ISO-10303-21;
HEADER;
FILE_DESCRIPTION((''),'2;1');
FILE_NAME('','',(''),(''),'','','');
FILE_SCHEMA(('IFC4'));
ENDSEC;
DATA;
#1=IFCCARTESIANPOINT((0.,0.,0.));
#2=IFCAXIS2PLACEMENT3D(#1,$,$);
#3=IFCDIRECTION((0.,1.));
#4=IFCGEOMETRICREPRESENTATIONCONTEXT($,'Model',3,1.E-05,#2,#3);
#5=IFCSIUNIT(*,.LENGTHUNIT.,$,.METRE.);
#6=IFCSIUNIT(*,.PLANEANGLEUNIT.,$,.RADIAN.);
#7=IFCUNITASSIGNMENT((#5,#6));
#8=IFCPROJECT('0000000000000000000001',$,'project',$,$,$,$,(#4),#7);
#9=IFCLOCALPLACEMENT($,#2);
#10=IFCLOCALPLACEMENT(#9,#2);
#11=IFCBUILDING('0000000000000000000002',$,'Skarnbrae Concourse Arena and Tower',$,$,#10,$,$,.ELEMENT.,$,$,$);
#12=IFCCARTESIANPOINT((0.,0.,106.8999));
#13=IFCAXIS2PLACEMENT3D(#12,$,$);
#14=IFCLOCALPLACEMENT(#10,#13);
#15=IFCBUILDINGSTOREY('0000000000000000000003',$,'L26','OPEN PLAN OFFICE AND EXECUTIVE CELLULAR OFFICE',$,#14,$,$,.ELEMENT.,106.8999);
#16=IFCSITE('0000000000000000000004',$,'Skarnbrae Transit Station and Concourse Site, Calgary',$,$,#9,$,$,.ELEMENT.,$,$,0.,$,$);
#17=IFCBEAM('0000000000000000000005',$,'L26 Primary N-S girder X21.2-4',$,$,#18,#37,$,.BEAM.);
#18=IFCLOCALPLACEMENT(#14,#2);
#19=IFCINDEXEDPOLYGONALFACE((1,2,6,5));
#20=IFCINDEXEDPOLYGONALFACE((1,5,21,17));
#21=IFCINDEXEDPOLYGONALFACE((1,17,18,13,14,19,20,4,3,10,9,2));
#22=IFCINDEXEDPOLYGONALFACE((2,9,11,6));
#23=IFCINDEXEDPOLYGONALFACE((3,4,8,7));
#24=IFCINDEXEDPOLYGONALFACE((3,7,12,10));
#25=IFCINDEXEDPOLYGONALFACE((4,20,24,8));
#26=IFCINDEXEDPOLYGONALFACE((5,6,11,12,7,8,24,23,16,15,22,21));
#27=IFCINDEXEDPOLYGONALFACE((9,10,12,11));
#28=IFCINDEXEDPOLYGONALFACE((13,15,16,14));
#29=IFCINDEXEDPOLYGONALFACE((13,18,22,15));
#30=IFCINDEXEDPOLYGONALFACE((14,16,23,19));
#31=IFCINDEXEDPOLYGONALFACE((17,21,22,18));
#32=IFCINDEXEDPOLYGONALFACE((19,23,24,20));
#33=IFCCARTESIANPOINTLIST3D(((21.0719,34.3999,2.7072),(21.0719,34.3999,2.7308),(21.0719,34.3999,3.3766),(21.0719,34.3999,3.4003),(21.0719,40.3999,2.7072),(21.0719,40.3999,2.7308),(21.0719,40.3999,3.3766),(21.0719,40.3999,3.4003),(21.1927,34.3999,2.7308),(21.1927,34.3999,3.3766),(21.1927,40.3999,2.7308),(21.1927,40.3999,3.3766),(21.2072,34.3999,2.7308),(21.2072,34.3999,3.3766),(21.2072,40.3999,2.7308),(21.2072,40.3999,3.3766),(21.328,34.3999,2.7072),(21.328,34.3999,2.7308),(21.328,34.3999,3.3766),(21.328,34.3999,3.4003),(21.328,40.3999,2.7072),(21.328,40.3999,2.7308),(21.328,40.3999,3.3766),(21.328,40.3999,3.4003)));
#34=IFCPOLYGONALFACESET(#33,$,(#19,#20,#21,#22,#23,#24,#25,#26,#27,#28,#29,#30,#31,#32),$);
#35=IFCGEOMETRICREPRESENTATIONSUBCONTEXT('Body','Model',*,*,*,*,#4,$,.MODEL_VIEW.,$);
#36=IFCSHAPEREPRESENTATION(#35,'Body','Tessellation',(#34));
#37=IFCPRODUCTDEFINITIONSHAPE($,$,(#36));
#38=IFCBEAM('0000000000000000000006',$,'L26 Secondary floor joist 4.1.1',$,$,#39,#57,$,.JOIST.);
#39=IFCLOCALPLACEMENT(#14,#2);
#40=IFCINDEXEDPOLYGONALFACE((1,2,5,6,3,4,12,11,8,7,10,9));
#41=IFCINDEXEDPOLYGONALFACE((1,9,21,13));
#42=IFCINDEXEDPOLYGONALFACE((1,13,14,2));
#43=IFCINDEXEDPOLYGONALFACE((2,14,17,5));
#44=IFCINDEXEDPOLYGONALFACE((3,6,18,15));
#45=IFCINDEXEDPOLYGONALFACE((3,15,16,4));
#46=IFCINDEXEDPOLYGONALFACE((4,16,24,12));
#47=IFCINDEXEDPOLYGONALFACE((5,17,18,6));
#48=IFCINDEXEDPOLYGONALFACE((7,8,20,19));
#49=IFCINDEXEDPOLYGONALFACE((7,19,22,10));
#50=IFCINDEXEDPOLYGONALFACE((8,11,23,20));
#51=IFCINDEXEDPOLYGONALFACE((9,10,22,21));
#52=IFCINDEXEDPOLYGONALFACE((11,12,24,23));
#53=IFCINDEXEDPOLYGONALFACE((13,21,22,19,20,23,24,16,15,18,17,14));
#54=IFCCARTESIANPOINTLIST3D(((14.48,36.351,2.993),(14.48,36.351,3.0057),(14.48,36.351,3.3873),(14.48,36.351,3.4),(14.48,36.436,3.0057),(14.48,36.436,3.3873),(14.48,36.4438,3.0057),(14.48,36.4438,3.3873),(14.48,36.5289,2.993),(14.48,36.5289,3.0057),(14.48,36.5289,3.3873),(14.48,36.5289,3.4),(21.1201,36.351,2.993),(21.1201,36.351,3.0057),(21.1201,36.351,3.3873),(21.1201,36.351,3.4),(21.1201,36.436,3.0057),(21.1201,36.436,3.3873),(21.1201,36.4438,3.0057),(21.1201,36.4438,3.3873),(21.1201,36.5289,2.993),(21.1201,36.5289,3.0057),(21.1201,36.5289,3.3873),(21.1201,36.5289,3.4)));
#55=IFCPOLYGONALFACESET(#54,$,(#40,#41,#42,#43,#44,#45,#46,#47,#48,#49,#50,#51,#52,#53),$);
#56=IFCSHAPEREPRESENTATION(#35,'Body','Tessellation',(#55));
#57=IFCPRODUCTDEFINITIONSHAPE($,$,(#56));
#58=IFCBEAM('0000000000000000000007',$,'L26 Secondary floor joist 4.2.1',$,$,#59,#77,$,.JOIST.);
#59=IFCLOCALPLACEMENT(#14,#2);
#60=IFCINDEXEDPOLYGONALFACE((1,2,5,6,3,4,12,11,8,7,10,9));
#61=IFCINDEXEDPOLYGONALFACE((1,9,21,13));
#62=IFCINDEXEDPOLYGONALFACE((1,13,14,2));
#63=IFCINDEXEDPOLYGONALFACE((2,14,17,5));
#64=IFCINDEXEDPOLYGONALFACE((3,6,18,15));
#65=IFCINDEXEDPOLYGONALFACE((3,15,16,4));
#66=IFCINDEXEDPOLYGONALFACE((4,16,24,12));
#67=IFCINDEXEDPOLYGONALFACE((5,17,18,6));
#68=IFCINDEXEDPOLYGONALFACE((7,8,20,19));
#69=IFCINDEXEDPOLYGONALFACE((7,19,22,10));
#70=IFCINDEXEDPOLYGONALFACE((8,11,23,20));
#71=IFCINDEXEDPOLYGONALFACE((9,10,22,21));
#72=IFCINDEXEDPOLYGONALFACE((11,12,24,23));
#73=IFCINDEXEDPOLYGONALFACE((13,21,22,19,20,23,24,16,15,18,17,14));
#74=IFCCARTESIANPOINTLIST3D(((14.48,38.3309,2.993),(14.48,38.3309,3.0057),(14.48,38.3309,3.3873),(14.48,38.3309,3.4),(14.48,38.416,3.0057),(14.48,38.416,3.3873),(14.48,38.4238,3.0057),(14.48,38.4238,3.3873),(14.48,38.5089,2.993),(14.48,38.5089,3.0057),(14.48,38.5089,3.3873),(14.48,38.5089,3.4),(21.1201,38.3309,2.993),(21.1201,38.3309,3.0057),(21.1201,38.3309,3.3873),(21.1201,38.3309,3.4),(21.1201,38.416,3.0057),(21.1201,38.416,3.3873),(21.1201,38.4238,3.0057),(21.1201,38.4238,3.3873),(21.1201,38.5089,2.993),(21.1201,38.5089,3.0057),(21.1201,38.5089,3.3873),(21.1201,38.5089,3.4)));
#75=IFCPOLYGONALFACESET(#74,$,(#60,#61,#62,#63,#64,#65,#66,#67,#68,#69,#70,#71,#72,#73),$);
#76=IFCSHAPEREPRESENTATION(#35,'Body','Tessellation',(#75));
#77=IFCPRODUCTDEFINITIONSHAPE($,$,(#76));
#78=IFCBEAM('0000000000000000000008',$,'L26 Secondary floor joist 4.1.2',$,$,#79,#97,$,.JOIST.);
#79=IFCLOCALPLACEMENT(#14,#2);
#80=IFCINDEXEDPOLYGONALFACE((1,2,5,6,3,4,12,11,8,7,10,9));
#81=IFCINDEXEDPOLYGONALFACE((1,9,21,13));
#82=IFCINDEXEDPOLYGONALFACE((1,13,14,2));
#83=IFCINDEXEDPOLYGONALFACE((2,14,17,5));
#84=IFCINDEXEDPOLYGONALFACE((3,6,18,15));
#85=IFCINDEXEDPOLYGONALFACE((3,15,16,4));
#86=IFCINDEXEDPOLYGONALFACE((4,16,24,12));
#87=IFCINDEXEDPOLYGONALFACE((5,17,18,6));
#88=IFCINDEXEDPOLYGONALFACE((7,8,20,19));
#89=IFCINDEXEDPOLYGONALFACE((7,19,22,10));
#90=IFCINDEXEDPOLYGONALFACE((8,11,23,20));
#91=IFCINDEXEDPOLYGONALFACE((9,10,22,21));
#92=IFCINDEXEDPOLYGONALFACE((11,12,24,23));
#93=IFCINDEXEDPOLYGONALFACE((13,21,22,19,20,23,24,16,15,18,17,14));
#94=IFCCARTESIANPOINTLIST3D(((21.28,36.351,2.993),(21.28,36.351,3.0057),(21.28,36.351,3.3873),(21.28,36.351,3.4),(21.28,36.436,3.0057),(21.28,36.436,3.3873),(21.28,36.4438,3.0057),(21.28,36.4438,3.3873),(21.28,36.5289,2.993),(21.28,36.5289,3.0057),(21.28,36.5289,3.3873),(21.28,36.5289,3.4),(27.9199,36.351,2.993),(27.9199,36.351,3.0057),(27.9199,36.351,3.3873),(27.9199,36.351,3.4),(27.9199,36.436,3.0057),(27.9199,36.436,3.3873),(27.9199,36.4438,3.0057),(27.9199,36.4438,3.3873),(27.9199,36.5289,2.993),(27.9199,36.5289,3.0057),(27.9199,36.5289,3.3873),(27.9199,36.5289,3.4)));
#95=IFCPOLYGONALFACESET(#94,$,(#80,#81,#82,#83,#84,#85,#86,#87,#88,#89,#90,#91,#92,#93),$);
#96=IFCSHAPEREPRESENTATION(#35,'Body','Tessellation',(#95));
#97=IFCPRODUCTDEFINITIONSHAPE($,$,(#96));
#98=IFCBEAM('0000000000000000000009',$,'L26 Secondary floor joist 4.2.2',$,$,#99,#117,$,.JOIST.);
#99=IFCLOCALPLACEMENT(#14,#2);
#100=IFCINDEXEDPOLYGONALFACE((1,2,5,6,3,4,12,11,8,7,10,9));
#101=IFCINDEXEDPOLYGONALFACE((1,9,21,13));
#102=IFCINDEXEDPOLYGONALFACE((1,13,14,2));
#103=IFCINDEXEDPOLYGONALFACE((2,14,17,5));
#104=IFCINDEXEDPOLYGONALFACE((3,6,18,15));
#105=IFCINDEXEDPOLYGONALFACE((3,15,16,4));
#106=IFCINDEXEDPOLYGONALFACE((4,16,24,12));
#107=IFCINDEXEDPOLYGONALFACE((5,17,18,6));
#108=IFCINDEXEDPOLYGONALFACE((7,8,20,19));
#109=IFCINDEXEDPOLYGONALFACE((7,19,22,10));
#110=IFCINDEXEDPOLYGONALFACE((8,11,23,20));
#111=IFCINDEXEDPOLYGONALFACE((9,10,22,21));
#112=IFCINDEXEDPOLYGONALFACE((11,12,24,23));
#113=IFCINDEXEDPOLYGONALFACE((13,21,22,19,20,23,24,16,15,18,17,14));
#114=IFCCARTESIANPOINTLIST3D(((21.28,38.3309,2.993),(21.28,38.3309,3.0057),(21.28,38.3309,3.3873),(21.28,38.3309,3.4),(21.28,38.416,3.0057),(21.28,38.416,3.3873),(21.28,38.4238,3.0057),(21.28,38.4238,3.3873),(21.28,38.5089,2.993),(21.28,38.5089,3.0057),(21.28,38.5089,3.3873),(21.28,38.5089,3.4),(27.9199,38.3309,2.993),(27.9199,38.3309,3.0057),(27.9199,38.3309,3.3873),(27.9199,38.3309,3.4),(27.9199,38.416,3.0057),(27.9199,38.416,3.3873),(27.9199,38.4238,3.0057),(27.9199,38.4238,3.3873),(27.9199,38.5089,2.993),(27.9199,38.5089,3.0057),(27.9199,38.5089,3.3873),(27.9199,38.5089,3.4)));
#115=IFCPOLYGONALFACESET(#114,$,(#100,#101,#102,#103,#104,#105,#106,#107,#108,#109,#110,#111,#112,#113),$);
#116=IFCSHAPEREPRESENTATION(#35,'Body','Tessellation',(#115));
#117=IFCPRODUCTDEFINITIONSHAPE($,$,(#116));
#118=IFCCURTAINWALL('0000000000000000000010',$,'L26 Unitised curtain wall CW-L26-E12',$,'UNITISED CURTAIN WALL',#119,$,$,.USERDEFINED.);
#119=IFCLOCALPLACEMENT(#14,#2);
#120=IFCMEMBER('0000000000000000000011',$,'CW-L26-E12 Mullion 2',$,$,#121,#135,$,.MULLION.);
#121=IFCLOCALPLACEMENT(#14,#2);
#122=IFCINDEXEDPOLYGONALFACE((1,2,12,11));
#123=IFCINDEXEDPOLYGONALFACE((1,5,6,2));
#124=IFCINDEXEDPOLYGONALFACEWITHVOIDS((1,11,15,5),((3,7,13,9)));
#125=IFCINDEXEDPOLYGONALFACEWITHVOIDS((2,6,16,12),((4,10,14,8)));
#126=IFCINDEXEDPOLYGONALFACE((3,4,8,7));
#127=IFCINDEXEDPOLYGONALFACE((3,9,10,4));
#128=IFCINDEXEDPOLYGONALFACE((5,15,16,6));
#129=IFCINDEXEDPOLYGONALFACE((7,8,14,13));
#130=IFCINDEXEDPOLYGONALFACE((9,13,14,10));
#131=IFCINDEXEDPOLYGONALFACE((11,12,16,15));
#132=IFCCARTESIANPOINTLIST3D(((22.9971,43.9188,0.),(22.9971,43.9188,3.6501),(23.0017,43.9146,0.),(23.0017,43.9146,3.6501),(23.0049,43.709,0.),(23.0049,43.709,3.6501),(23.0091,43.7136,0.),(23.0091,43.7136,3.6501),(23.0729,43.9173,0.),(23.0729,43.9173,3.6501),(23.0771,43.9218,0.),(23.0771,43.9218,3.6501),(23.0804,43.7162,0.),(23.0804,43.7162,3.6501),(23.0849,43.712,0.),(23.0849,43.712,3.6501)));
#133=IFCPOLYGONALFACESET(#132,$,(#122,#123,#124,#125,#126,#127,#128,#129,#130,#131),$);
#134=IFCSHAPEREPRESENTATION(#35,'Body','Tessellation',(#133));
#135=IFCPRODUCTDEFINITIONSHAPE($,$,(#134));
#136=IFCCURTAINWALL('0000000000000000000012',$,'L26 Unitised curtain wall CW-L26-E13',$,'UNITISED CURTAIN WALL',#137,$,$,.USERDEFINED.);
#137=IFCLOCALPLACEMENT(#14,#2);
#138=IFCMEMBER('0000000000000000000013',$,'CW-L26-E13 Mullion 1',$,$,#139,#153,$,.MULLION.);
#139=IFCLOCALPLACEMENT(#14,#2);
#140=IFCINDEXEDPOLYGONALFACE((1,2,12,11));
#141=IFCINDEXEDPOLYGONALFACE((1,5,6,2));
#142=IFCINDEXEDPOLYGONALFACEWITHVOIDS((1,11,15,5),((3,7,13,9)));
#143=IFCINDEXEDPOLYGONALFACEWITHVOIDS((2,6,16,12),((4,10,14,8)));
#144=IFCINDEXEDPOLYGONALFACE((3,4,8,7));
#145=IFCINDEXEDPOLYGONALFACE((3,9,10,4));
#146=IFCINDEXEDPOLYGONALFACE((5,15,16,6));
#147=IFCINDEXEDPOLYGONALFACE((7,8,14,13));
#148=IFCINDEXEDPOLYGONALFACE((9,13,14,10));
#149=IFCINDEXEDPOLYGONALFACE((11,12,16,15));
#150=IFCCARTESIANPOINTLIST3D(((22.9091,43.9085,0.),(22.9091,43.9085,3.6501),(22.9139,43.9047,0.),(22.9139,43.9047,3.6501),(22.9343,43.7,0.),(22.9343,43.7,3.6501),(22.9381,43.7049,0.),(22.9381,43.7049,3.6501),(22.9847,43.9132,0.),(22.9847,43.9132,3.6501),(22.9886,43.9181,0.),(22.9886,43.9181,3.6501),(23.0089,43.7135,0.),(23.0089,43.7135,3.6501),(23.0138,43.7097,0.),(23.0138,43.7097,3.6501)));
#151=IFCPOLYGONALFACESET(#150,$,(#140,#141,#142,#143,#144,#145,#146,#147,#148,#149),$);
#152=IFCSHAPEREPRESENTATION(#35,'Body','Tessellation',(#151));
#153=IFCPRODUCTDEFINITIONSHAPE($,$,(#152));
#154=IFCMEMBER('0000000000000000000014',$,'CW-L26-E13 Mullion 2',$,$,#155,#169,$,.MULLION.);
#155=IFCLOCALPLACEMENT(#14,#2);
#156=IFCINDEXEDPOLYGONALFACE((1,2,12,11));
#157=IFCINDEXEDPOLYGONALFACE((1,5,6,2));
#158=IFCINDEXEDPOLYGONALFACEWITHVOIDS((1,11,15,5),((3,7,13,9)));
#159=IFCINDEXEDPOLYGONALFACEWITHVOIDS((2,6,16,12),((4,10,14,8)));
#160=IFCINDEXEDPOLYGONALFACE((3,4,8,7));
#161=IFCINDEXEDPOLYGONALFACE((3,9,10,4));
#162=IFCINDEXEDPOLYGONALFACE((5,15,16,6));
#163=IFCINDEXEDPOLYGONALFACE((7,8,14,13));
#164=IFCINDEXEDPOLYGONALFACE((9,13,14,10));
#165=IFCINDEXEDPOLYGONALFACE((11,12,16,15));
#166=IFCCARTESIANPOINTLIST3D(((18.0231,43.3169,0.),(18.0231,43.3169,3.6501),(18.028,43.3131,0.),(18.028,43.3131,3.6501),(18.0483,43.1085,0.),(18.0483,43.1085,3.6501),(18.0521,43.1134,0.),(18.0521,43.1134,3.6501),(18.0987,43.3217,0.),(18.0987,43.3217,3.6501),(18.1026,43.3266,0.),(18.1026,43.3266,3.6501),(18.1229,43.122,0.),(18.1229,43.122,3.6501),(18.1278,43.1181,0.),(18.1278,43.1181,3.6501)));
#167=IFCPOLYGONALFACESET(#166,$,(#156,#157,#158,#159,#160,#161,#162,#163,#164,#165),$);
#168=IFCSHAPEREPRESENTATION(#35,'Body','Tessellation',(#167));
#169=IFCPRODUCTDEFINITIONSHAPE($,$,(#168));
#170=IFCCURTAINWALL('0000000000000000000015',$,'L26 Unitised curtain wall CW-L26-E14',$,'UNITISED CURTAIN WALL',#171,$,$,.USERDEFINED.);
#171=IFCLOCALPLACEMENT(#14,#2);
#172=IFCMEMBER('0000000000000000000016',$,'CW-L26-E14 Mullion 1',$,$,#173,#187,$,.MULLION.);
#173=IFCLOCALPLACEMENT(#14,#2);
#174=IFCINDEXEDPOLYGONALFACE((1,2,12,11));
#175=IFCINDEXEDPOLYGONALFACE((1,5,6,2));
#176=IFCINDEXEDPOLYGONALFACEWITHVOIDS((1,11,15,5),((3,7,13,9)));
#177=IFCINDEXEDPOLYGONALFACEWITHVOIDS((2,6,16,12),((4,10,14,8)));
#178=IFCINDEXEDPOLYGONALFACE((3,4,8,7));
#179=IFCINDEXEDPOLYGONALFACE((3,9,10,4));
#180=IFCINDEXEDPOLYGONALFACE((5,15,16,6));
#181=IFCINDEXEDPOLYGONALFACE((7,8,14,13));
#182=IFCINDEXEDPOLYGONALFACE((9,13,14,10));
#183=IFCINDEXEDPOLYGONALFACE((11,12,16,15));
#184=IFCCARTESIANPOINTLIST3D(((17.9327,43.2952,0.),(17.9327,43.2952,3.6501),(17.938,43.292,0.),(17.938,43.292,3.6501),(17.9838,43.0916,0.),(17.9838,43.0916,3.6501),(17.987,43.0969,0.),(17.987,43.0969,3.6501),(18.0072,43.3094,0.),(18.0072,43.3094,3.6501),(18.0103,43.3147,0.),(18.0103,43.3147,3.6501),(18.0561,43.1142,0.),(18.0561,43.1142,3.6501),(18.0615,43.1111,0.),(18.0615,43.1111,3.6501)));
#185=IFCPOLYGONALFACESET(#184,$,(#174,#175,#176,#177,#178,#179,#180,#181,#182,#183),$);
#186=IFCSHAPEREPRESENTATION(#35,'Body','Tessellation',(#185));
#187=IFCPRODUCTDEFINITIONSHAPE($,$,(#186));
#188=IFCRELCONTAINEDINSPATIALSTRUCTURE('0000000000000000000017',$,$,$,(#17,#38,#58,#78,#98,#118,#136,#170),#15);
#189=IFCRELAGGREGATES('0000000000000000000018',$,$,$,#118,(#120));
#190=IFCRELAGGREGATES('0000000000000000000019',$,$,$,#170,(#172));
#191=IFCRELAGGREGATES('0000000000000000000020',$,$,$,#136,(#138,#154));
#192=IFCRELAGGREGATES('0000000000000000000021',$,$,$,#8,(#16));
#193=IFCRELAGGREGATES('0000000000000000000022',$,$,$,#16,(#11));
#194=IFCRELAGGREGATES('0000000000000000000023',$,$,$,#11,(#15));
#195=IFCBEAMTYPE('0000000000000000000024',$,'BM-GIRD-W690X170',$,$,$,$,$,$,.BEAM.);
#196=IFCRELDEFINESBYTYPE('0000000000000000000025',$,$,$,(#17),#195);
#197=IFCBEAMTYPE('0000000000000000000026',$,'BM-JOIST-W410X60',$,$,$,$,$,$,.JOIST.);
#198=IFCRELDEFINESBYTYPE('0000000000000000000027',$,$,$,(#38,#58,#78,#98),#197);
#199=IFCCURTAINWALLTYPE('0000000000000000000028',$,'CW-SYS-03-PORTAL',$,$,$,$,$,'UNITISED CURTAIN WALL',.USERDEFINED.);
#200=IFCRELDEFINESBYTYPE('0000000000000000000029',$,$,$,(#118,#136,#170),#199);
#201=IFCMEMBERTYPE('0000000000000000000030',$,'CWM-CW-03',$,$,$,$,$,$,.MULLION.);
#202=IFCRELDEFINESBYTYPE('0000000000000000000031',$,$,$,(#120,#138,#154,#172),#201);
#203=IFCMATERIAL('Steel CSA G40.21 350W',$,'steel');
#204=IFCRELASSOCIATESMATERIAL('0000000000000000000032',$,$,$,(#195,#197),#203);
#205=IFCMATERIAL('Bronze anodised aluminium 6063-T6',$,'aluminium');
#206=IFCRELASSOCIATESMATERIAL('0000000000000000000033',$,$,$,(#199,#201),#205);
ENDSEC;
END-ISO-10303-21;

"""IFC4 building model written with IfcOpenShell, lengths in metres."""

from ifc_helpers import new_model, si_unit, direction, frame, origin, origin_2d, place, context, subcontext, project, spatial, hollow_rectangle, i_section, extrude, source, transform, mapped, material, material_profile, profile_set, type_object, element, aggregate, save


model = new_model("IFC4")

# Units and contexts
model_context = context("Model", 3, precision=1e-05, world=origin(), true_north=direction((0.0, 1.0)))
body_context = subcontext(model_context, "Body", "Model", "MODEL_VIEW")
ifc_project = project(units=[si_unit("LENGTHUNIT", "METRE"), si_unit("PLANEANGLEUNIT", "RADIAN")], contexts=[model_context])

# Site, building, storey
site_placement = place(None, origin())
site = spatial("IfcSite", under=ifc_project, at=site_placement, Name="Skarnbrae Transit Station and Concourse Site, Calgary", CompositionType="ELEMENT", RefElevation=0.0)
building_placement = place(site_placement, origin())
building = spatial("IfcBuilding", under=site, at=building_placement, Name="Skarnbrae Concourse Arena and Tower", CompositionType="ELEMENT")
storey_placement = place(building_placement, frame((0.0, 0.0, 106.8999)))
storey = spatial("IfcBuildingStorey", under=building, at=storey_placement, Name="L26", Description="OPEN PLAN OFFICE AND EXECUTIVE CELLULAR OFFICE", CompositionType="ELEMENT", Elevation=106.8999)

# Shared definitions
ifc_material_1 = material(Name="Steel CSA G40.21 350W", Category="steel")

# Beams
ifc_material_profile_1 = material_profile(ifc_material_1, i_section(OverallWidth=0.2561, OverallDepth=0.6931, WebThickness=0.0144, FlangeThickness=0.0237, at=origin_2d()), Name="W690X170")
ifc_profile_set_1 = profile_set([ifc_material_profile_1], Name="Steel CSA G40.21 350W")
beam_type_1 = type_object("IfcBeamType", Name="BM-GIRD-W690X170", PredefinedType="BEAM", material=ifc_profile_set_1)
shared_shape_1 = source(origin(), body_context, "Body", "SweptSolid", [
    extrude(i_section(OverallWidth=0.2561, OverallDepth=0.6931, WebThickness=0.0144, FlangeThickness=0.0237, at=origin_2d()), origin(), (0.0, 0.0, 1.0), 6.0),
])
for number, where, z_axis, x_axis, name in (
    (1, (21.2, 34.3999, 3.0537), (0.0, 1.0, 0.0), (-1.0, 0.0, 0.0), "L26 Primary N-S girder X21.2-4"),
):
    element("IfcBeam", number, at=place(storey_placement, frame(where, z_axis=z_axis, x_axis=x_axis)), inside=storey, type_object=beam_type_1, Name=name, PredefinedType="BEAM", context=body_context, shape_type="MappedRepresentation", body=[
        mapped(shared_shape_1, transform((0.0, 0.0, 0.0))),
    ])
ifc_material_profile_2 = material_profile(ifc_material_1, i_section(OverallWidth=0.178, OverallDepth=0.407, WebThickness=0.0078, FlangeThickness=0.0127, at=origin_2d()), Name="W410X60")
ifc_profile_set_2 = profile_set([ifc_material_profile_2], Name="Steel CSA G40.21 350W")
beam_type_2 = type_object("IfcBeamType", Name="BM-JOIST-W410X60", PredefinedType="JOIST", material=ifc_profile_set_2)
shared_shape_2 = source(origin(), body_context, "Body", "SweptSolid", [
    extrude(i_section(OverallWidth=0.178, OverallDepth=0.407, WebThickness=0.0078, FlangeThickness=0.0127, at=origin_2d()), origin(), (0.0, 0.0, 1.0), 6.6401),
])
for number, where, z_axis, x_axis, name in (
    (2, (14.48, 36.4399, 3.1965), (1.0, 0.0, 0.0), (0.0, 1.0, 0.0), "L26 Secondary floor joist 4.1.1"),
    (3, (14.48, 38.4199, 3.1965), (1.0, 0.0, 0.0), (0.0, 1.0, 0.0), "L26 Secondary floor joist 4.2.1"),
):
    element("IfcBeam", number, at=place(storey_placement, frame(where, z_axis=z_axis, x_axis=x_axis)), inside=storey, type_object=beam_type_2, Name=name, PredefinedType="JOIST", context=body_context, shape_type="MappedRepresentation", body=[
        mapped(shared_shape_2, transform((0.0, 0.0, 0.0))),
    ])
shared_shape_3 = source(origin(), body_context, "Body", "SweptSolid", [
    extrude(i_section(OverallWidth=0.178, OverallDepth=0.407, WebThickness=0.0078, FlangeThickness=0.0127, at=origin_2d()), origin(), (0.0, 0.0, 1.0), 6.6399),
])
for number, where, z_axis, x_axis, name in (
    (4, (21.28, 36.4399, 3.1965), (1.0, 0.0, 0.0), (0.0, 1.0, 0.0), "L26 Secondary floor joist 4.1.2"),
    (5, (21.28, 38.4199, 3.1965), (1.0, 0.0, 0.0), (0.0, 1.0, 0.0), "L26 Secondary floor joist 4.2.2"),
):
    element("IfcBeam", number, at=place(storey_placement, frame(where, z_axis=z_axis, x_axis=x_axis)), inside=storey, type_object=beam_type_2, Name=name, PredefinedType="JOIST", context=body_context, shape_type="MappedRepresentation", body=[
        mapped(shared_shape_3, transform((0.0, 0.0, 0.0))),
    ])

# Curtain wall, member
ifc_material_2 = material(Name="Bronze anodised aluminium 6063-T6", Category="aluminium")
curtain_wall_type = type_object("IfcCurtainWallType", Name="CW-SYS-03-PORTAL", ElementType="UNITISED CURTAIN WALL", PredefinedType="USERDEFINED", material=ifc_material_2)
curtain_wall_1_placement = place(storey_placement, origin())
curtain_wall_1 = element("IfcCurtainWall", 6, at=curtain_wall_1_placement, inside=storey, type_object=curtain_wall_type, Name="L26 Unitised curtain wall CW-L26-E12", ObjectType="UNITISED CURTAIN WALL", PredefinedType="USERDEFINED")
ifc_material_profile_3 = material_profile(ifc_material_2, hollow_rectangle(XDim=0.0801, YDim=0.21, WallThickness=0.0044, at=origin_2d()), Name="ALU-MULL-80X210")
ifc_profile_set_3 = profile_set([ifc_material_profile_3], Name="Bronze anodised aluminium 6063-T6")
member_type_1 = type_object("IfcMemberType", Name="CWM-CW-03", PredefinedType="MULLION", material=ifc_profile_set_3)
shared_shape_4 = source(origin(), body_context, "Body", "SweptSolid", [
    extrude(hollow_rectangle(XDim=0.0801, YDim=0.21, WallThickness=0.0044, at=origin_2d()), origin(), (0.0, 0.0, 1.0), 3.6501),
])
member_1_placement = place(storey_placement, frame((23.041, 43.8154, 0.0), z_axis=(0.0, 0.0, 1.0), x_axis=(-0.999308, -0.037183, 0.0)))
member_1 = element("IfcMember", 7, at=member_1_placement, type_object=member_type_1, Name="CW-L26-E12 Mullion 2", PredefinedType="MULLION", context=body_context, shape_type="MappedRepresentation", body=[
    mapped(shared_shape_4, transform((0.0, 0.0, 0.0))),
])
aggregate(curtain_wall_1, [member_1])

# Curtain walls, members
curtain_wall_2_placement = place(storey_placement, origin())
curtain_wall_2 = element("IfcCurtainWall", 8, at=curtain_wall_2_placement, inside=storey, type_object=curtain_wall_type, Name="L26 Unitised curtain wall CW-L26-E13", ObjectType="UNITISED CURTAIN WALL", PredefinedType="USERDEFINED")
member_2_placement = place(storey_placement, frame((22.9614, 43.8091, 0.0), z_axis=(0.0, 0.0, 1.0), x_axis=(-0.992749, -0.120203, 0.0)))
member_2 = element("IfcMember", 9, at=member_2_placement, type_object=member_type_1, Name="CW-L26-E13 Mullion 1", PredefinedType="MULLION", context=body_context, shape_type="MappedRepresentation", body=[
    mapped(shared_shape_4, transform((0.0, 0.0, 0.0))),
])
member_3_placement = place(storey_placement, frame((18.0754, 43.2175, 0.0), z_axis=(0.0, 0.0, 1.0), x_axis=(-0.992749, -0.120203, 0.0)))
member_3 = element("IfcMember", 10, at=member_3_placement, type_object=member_type_1, Name="CW-L26-E13 Mullion 2", PredefinedType="MULLION", context=body_context, shape_type="MappedRepresentation", body=[
    mapped(shared_shape_4, transform((0.0, 0.0, 0.0))),
])
curtain_wall_3_placement = place(storey_placement, origin())
curtain_wall_3 = element("IfcCurtainWall", 11, at=curtain_wall_3_placement, inside=storey, type_object=curtain_wall_type, Name="L26 Unitised curtain wall CW-L26-E14", ObjectType="UNITISED CURTAIN WALL", PredefinedType="USERDEFINED")
member_4_placement = place(storey_placement, frame((17.9971, 43.2031, 0.0), z_axis=(0.0, 0.0, 1.0), x_axis=(-0.969903, -0.243491, 0.0)))
member_4 = element("IfcMember", 12, at=member_4_placement, type_object=member_type_1, Name="CW-L26-E14 Mullion 1", PredefinedType="MULLION", context=body_context, shape_type="MappedRepresentation", body=[
    mapped(shared_shape_4, transform((0.0, 0.0, 0.0))),
])

aggregate(curtain_wall_3, [member_4])
aggregate(curtain_wall_2, [member_2, member_3])

save(model, "model.ifc")
